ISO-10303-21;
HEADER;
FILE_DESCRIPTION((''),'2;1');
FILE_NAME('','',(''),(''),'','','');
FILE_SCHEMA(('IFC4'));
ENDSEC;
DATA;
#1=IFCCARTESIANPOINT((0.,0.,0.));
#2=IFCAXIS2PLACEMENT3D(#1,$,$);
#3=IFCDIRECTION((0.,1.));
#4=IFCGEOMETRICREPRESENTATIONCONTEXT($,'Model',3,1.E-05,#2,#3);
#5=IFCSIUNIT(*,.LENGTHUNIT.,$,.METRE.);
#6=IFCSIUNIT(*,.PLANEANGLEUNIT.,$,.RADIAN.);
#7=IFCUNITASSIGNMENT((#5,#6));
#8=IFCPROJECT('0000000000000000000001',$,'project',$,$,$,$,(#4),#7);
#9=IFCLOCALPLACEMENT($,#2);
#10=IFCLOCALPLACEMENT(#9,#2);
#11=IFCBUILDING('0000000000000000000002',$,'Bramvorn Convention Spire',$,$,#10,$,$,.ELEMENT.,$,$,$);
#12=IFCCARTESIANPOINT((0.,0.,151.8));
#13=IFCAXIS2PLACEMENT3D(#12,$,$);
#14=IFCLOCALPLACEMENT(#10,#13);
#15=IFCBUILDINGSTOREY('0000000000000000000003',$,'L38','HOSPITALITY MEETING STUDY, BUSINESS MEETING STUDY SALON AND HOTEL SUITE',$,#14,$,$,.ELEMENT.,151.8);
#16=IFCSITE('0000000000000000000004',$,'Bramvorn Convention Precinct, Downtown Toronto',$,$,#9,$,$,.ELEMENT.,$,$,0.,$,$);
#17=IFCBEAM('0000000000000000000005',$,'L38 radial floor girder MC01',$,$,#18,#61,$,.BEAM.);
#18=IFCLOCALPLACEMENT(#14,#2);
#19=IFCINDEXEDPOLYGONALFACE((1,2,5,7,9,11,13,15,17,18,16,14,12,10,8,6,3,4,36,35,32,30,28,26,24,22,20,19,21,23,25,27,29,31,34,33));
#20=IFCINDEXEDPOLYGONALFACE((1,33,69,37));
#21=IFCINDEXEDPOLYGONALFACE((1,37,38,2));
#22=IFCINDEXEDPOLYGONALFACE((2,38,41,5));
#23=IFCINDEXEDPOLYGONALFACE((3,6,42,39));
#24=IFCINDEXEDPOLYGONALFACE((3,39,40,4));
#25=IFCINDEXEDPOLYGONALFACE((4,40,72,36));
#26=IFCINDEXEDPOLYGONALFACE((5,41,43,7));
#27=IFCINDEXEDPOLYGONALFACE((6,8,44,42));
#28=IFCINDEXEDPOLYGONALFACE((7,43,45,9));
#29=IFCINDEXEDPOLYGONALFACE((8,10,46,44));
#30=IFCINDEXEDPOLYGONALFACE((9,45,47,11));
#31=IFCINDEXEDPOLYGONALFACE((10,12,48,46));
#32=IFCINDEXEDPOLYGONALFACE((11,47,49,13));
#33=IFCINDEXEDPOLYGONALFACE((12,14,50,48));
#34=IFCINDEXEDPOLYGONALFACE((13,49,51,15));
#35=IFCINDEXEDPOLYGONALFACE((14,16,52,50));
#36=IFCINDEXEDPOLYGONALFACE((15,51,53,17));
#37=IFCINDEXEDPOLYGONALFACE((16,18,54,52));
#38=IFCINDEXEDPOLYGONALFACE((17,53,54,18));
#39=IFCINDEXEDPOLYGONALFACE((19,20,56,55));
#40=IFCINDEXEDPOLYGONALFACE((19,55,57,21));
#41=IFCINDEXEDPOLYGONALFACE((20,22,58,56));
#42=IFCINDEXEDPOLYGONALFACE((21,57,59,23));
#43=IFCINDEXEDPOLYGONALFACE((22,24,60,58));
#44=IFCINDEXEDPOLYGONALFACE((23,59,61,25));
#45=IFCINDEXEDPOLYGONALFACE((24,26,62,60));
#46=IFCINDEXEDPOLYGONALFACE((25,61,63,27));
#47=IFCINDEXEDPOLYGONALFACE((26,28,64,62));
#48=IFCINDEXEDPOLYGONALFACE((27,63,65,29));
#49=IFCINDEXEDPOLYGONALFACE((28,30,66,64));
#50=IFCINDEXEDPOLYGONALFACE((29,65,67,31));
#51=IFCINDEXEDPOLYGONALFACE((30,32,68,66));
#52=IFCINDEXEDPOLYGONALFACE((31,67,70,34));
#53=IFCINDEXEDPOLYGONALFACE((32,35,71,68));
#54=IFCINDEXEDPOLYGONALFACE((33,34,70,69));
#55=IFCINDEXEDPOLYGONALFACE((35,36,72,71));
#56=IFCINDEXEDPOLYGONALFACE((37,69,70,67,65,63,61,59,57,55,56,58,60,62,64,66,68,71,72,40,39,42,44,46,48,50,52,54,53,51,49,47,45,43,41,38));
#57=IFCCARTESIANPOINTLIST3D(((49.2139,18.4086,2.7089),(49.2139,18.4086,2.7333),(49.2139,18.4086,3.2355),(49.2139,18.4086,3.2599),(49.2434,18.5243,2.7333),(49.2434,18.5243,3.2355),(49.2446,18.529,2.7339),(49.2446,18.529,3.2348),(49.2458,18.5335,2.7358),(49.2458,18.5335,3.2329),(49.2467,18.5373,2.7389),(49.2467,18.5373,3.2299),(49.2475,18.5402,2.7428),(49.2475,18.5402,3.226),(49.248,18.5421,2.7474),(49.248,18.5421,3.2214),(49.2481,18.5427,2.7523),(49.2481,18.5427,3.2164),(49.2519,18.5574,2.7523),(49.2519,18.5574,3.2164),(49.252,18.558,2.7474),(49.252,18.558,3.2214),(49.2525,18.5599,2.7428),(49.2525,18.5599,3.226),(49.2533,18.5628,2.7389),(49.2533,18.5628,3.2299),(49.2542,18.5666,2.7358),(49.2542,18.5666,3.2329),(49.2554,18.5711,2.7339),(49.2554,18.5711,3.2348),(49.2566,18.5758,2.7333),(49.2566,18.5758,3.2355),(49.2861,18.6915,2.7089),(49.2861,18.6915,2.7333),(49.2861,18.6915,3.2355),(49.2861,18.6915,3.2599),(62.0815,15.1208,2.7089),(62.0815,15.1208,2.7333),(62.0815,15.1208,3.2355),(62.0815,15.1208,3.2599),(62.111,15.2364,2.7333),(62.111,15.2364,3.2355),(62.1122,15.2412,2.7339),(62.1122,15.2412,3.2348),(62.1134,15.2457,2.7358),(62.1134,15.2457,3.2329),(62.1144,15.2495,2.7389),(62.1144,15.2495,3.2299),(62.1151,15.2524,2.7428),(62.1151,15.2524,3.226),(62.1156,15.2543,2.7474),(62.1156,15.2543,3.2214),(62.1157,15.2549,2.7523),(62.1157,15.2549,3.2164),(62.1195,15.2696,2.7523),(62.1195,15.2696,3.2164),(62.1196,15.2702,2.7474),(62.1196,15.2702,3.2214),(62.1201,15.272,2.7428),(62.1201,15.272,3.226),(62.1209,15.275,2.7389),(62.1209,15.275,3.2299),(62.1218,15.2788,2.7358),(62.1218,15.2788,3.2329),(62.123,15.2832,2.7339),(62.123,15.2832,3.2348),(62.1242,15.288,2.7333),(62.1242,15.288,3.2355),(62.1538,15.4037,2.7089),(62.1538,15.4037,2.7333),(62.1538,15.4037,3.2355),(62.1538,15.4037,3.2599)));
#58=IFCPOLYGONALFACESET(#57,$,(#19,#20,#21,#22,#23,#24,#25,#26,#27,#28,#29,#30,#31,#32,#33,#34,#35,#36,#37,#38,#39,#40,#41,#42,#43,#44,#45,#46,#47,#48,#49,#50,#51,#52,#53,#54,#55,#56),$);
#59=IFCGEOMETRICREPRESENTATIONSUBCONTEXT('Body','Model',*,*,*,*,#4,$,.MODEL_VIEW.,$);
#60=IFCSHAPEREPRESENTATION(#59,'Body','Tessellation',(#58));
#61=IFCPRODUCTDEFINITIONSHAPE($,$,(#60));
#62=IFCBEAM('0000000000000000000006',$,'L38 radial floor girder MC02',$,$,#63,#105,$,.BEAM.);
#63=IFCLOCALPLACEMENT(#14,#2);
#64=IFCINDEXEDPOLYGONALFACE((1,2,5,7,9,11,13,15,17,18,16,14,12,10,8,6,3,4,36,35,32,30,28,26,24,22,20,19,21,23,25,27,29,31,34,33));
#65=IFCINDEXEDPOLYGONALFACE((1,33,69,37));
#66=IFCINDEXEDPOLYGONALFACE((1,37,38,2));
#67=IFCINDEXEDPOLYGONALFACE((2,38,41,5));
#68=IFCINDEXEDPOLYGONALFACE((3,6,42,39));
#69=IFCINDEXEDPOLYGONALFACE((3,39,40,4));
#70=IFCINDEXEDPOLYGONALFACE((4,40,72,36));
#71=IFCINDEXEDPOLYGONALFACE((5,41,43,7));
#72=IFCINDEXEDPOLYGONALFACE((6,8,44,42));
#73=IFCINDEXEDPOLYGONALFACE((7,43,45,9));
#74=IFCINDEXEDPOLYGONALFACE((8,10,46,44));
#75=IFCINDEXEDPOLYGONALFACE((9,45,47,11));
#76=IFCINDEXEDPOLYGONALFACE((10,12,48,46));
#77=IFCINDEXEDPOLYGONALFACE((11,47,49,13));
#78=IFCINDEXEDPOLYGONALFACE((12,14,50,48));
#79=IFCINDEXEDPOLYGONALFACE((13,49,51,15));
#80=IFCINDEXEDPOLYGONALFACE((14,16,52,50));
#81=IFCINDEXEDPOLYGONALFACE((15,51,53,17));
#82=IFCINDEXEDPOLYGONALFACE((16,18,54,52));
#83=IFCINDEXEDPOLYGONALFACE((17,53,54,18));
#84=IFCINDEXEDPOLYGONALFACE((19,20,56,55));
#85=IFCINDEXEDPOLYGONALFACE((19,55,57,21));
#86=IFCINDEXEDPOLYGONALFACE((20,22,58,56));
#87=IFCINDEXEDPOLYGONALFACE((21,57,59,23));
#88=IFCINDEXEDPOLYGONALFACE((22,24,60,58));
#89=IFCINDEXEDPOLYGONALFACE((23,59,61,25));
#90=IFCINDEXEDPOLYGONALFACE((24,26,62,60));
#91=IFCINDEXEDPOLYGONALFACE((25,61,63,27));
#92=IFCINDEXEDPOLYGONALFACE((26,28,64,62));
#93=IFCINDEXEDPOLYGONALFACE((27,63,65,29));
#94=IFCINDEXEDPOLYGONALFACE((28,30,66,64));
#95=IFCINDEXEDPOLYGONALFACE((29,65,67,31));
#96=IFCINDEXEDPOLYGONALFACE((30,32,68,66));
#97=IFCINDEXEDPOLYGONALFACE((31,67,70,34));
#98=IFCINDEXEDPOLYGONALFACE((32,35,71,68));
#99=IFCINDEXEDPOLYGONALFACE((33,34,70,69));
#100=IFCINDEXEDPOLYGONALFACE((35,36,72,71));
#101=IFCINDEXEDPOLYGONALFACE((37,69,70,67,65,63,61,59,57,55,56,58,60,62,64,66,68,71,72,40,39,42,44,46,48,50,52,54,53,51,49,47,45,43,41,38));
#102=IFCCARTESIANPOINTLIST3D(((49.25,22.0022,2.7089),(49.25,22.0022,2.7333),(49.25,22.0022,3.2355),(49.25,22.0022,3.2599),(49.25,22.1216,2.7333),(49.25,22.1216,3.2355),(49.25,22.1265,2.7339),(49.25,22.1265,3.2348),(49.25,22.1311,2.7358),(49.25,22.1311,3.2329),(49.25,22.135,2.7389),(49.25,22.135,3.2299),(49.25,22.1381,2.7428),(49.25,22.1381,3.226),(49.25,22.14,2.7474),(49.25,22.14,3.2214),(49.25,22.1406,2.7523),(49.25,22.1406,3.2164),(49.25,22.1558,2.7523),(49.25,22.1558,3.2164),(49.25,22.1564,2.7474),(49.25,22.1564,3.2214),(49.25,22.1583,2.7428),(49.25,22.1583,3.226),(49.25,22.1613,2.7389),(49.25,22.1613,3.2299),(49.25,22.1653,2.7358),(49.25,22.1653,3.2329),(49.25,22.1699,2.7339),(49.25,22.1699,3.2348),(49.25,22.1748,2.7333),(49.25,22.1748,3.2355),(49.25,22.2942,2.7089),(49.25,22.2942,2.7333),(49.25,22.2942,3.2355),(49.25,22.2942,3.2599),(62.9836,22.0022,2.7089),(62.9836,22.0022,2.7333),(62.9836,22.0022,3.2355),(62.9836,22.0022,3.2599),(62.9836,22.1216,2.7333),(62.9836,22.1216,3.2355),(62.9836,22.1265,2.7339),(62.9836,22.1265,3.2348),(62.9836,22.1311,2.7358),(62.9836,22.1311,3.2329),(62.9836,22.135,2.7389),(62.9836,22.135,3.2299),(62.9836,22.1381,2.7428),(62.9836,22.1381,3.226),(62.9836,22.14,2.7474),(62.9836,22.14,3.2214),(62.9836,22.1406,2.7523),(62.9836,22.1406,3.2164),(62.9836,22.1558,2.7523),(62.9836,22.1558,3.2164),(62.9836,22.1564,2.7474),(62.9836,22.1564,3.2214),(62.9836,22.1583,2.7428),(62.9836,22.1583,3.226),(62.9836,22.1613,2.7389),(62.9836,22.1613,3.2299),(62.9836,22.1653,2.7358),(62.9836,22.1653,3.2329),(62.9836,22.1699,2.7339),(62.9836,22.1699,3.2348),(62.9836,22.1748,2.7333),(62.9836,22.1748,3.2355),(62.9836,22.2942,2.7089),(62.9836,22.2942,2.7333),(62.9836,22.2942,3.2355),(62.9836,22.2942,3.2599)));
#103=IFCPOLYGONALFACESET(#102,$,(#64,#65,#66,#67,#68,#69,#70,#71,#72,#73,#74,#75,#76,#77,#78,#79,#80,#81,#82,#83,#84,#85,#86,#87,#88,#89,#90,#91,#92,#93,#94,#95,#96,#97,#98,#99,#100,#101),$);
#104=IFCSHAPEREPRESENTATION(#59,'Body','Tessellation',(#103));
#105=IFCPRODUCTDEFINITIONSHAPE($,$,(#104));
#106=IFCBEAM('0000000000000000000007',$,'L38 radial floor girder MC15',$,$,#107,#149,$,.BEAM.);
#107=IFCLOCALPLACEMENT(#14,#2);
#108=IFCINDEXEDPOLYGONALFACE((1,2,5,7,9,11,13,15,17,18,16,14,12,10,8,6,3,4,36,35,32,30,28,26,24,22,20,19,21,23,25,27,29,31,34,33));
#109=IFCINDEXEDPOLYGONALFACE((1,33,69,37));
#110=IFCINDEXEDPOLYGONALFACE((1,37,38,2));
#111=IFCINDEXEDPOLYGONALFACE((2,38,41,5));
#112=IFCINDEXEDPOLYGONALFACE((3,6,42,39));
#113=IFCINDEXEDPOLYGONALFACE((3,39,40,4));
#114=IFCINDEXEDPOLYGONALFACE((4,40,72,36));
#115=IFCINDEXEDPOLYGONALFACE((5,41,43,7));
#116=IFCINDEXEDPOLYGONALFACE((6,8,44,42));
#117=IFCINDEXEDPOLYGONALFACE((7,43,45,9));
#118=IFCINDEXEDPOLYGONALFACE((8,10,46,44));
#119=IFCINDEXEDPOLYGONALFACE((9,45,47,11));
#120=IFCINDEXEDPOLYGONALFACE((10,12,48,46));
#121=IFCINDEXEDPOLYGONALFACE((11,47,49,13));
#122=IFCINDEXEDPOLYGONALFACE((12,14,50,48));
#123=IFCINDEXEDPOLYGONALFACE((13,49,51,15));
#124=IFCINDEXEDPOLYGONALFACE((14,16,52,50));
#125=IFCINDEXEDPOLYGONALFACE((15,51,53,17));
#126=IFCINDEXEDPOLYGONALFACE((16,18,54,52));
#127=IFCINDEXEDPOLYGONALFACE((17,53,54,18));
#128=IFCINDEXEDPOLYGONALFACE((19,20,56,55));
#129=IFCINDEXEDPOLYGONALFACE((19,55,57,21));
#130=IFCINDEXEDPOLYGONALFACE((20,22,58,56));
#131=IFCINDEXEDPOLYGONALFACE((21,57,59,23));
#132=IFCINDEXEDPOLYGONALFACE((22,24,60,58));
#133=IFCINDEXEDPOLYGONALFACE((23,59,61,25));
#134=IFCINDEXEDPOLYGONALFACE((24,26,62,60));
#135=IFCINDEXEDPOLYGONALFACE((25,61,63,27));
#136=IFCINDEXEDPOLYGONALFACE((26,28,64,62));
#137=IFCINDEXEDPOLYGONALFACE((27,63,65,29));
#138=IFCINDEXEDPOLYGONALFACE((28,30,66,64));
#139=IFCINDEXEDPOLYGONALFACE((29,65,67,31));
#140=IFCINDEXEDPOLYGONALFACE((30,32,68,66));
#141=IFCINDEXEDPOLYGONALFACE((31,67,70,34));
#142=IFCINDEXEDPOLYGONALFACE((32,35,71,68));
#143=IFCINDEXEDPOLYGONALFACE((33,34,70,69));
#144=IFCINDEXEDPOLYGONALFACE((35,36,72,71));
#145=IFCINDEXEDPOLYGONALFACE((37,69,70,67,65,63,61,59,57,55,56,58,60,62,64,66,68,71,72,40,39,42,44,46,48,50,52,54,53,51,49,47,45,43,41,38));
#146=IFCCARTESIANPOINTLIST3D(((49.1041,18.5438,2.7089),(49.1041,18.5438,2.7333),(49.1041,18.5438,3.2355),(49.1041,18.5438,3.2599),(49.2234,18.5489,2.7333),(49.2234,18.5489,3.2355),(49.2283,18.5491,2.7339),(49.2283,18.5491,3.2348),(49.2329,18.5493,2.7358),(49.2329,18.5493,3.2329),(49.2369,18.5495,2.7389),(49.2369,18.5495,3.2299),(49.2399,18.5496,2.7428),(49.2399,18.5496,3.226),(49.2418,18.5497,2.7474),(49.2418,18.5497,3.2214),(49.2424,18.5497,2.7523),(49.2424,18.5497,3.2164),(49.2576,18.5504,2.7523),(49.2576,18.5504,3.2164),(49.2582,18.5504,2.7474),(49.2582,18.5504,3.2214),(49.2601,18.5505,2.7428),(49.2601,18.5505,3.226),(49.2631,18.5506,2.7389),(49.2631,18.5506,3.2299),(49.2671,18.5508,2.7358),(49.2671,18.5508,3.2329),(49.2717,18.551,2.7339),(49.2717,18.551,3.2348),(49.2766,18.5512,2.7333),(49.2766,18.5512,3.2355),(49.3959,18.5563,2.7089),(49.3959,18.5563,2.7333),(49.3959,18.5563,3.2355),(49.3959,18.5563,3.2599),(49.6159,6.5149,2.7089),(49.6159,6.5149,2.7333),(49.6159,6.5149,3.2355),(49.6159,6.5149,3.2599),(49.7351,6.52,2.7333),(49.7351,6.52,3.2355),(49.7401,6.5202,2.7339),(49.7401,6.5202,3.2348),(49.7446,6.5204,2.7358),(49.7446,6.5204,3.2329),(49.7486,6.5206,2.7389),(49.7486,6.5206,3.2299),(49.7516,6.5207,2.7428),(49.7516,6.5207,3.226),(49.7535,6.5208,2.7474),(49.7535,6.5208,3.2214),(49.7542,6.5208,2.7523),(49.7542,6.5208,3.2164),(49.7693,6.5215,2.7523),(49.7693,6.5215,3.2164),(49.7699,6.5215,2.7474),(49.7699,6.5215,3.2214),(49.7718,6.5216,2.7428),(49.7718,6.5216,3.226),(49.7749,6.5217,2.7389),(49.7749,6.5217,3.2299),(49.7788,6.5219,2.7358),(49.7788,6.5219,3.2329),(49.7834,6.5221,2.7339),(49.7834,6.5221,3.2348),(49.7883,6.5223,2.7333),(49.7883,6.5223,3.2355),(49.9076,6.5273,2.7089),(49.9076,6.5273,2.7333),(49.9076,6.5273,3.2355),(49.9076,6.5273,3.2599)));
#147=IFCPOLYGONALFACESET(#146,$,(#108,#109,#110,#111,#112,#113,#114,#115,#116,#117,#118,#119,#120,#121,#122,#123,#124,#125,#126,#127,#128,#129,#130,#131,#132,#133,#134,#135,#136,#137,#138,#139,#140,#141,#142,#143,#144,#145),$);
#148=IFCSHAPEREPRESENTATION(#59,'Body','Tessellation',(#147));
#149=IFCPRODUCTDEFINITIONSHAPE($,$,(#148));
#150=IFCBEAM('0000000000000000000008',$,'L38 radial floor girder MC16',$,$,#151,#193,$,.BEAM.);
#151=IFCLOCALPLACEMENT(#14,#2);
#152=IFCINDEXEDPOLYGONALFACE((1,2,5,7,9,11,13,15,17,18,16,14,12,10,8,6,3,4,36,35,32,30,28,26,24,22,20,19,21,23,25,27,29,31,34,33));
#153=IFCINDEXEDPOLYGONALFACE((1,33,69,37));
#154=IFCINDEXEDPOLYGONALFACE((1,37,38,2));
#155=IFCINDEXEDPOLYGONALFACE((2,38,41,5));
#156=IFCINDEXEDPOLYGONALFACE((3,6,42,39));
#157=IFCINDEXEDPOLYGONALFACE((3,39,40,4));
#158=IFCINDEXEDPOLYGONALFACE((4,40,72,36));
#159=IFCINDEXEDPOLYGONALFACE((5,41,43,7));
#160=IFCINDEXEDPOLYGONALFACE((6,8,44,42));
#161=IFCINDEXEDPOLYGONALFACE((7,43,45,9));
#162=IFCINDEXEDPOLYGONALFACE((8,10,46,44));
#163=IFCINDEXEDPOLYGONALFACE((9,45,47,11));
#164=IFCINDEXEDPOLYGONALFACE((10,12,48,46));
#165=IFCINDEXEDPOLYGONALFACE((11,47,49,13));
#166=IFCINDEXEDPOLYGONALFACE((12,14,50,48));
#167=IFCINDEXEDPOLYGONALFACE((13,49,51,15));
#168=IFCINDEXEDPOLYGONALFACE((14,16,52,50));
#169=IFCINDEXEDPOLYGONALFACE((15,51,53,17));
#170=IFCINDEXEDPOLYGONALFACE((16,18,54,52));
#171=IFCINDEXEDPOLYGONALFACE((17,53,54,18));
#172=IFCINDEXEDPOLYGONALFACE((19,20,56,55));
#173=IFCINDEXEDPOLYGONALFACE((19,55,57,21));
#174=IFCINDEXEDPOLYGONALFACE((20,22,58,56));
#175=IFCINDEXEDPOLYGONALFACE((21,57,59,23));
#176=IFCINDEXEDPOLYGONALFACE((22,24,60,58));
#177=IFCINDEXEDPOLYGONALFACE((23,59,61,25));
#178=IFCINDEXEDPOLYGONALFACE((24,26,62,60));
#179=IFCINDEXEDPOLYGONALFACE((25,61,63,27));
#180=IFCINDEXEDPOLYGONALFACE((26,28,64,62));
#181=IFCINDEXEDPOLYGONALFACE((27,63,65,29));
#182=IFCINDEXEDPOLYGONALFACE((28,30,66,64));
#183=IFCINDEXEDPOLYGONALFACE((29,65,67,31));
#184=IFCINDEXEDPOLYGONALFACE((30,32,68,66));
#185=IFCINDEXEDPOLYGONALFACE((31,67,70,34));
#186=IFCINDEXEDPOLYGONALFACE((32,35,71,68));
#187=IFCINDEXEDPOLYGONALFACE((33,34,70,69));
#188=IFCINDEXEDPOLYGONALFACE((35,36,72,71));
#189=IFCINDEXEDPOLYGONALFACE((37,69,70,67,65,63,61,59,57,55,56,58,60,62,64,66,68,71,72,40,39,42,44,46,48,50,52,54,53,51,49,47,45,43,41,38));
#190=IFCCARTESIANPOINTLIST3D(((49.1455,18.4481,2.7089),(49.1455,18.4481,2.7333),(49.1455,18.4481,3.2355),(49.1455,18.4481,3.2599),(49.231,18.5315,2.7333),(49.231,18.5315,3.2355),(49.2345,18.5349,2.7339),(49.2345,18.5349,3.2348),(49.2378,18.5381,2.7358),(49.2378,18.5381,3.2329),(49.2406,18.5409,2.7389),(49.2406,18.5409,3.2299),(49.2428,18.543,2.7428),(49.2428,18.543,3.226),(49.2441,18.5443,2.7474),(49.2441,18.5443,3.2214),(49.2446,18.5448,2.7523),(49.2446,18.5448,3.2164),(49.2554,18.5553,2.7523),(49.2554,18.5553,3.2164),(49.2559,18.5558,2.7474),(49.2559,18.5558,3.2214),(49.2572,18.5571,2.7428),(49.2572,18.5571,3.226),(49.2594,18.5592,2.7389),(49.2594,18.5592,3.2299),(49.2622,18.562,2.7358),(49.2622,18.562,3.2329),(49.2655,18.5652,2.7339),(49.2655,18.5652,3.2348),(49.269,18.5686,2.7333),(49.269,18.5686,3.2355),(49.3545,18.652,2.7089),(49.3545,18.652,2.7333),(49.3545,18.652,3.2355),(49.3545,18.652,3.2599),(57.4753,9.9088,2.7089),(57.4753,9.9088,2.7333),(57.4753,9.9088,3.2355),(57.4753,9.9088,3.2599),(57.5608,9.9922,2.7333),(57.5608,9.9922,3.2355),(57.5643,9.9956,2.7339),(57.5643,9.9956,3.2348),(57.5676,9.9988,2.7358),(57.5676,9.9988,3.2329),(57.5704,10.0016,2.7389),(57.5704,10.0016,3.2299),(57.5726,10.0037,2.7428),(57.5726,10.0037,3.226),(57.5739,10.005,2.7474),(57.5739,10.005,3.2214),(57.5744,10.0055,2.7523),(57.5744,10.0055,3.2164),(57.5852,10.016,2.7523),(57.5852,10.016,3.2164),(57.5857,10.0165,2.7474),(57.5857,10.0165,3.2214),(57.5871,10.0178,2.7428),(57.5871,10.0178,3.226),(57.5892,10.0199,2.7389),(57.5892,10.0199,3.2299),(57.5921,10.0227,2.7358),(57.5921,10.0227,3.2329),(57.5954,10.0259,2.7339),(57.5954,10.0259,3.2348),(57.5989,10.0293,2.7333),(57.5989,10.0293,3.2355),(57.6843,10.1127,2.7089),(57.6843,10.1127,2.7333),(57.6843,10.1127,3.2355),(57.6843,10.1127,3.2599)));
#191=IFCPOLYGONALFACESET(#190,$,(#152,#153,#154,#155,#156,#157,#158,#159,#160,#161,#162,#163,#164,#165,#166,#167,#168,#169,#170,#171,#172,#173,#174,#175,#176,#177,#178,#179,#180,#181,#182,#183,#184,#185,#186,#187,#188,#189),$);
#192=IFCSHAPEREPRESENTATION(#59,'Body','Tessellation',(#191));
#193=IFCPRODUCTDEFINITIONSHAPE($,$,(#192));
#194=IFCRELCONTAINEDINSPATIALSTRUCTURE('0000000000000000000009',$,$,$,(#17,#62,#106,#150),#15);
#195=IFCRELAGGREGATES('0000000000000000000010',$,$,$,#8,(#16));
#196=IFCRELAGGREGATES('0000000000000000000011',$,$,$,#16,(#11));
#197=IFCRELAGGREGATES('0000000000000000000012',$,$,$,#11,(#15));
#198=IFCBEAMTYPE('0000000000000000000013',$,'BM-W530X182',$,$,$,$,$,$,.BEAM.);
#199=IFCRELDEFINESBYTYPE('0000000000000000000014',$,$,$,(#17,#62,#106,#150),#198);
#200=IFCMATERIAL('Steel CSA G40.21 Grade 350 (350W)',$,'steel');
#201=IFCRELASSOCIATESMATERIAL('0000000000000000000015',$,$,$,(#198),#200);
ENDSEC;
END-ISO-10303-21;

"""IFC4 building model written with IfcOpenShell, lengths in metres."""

from ifc_helpers import new_model, si_unit, direction, frame, origin, origin_2d, place, context, subcontext, project, spatial, i_section, extrude, material, material_profile, profile_set, type_object, element, save


model = new_model("IFC4")

# Units and contexts
model_context = context("Model", 3, precision=1e-05, world=origin(), true_north=direction((0.0, 1.0)))
body_context = subcontext(model_context, "Body", "Model", "MODEL_VIEW")
ifc_project = project(units=[si_unit("LENGTHUNIT", "METRE"), si_unit("PLANEANGLEUNIT", "RADIAN")], contexts=[model_context])

# Site, building, storey
site_placement = place(None, origin())
site = spatial("IfcSite", under=ifc_project, at=site_placement, Name="Bramvorn Convention Precinct, Downtown Toronto", CompositionType="ELEMENT", RefElevation=0.0)
building_placement = place(site_placement, origin())
building = spatial("IfcBuilding", under=site, at=building_placement, Name="Bramvorn Convention Spire", CompositionType="ELEMENT")
storey_placement = place(building_placement, frame((0.0, 0.0, 151.8)))
storey = spatial("IfcBuildingStorey", under=building, at=storey_placement, Name="L38", Description="HOSPITALITY MEETING STUDY, BUSINESS MEETING STUDY SALON AND HOTEL SUITE", CompositionType="ELEMENT", Elevation=151.8)

# Shared definitions
ifc_material_1 = material(Name="Steel CSA G40.21 Grade 350 (350W)", Category="steel")

# Beams
ifc_material_profile_1 = material_profile(ifc_material_1, i_section(OverallWidth=0.292, OverallDepth=0.551, WebThickness=0.0151, FlangeThickness=0.0244, FilletRadius=0.019, at=origin_2d()))
ifc_profile_set_1 = profile_set([ifc_material_profile_1], Name="Steel CSA G40.21 Grade 350 (350W) - W530X182")
beam_type_1 = type_object("IfcBeamType", Name="BM-W530X182", PredefinedType="BEAM", material=ifc_profile_set_1)
beam_1_placement = place(storey_placement, frame((49.25, 18.55, 2.9844), z_axis=(0.968873, -0.247558, 0.0), x_axis=(0.247558, 0.968873, 0.0)))
element("IfcBeam", 1, at=beam_1_placement, inside=storey, type_object=beam_type_1, Name="L38 radial floor girder MC01", PredefinedType="BEAM", context=body_context, shape_type="SweptSolid", body=[
    extrude(i_section(OverallWidth=0.292, OverallDepth=0.551, WebThickness=0.0151, FlangeThickness=0.0244, FilletRadius=0.019, at=origin_2d()), origin(), (0.0, 0.0, 1.0), 13.281),
])
beam_2_placement = place(storey_placement, frame((49.25, 22.1482, 2.9844), z_axis=(1.0, 0.0, 0.0), x_axis=(0.0, 1.0, 0.0)))
element("IfcBeam", 2, at=beam_2_placement, inside=storey, type_object=beam_type_1, Name="L38 radial floor girder MC02", PredefinedType="BEAM", context=body_context, shape_type="SweptSolid", body=[
    extrude(i_section(OverallWidth=0.292, OverallDepth=0.551, WebThickness=0.0151, FlangeThickness=0.0244, FilletRadius=0.019, at=origin_2d()), origin(), (0.0, 0.0, 1.0), 13.7336),
])
beam_3_placement = place(storey_placement, frame((49.25, 18.55, 2.9844), z_axis=(0.042503, -0.999096, 0.0), x_axis=(0.999096, 0.042503, 0.0)))
element("IfcBeam", 3, at=beam_3_placement, inside=storey, type_object=beam_type_1, Name="L38 radial floor girder MC15", PredefinedType="BEAM", context=body_context, shape_type="SweptSolid", body=[
    extrude(i_section(OverallWidth=0.292, OverallDepth=0.551, WebThickness=0.0151, FlangeThickness=0.0244, FilletRadius=0.019, at=origin_2d()), origin(), (0.0, 0.0, 1.0), 12.0398),
])
beam_4_placement = place(storey_placement, frame((49.25, 18.55, 2.9844), z_axis=(0.698272, -0.715832, 0.0), x_axis=(0.715832, 0.698272, 0.0)))
element("IfcBeam", 4, at=beam_4_placement, inside=storey, type_object=beam_type_1, Name="L38 radial floor girder MC16", PredefinedType="BEAM", context=body_context, shape_type="SweptSolid", body=[
    extrude(i_section(OverallWidth=0.292, OverallDepth=0.551, WebThickness=0.0151, FlangeThickness=0.0244, FilletRadius=0.019, at=origin_2d()), origin(), (0.0, 0.0, 1.0), 11.9292),
])

save(model, "model.ifc")
